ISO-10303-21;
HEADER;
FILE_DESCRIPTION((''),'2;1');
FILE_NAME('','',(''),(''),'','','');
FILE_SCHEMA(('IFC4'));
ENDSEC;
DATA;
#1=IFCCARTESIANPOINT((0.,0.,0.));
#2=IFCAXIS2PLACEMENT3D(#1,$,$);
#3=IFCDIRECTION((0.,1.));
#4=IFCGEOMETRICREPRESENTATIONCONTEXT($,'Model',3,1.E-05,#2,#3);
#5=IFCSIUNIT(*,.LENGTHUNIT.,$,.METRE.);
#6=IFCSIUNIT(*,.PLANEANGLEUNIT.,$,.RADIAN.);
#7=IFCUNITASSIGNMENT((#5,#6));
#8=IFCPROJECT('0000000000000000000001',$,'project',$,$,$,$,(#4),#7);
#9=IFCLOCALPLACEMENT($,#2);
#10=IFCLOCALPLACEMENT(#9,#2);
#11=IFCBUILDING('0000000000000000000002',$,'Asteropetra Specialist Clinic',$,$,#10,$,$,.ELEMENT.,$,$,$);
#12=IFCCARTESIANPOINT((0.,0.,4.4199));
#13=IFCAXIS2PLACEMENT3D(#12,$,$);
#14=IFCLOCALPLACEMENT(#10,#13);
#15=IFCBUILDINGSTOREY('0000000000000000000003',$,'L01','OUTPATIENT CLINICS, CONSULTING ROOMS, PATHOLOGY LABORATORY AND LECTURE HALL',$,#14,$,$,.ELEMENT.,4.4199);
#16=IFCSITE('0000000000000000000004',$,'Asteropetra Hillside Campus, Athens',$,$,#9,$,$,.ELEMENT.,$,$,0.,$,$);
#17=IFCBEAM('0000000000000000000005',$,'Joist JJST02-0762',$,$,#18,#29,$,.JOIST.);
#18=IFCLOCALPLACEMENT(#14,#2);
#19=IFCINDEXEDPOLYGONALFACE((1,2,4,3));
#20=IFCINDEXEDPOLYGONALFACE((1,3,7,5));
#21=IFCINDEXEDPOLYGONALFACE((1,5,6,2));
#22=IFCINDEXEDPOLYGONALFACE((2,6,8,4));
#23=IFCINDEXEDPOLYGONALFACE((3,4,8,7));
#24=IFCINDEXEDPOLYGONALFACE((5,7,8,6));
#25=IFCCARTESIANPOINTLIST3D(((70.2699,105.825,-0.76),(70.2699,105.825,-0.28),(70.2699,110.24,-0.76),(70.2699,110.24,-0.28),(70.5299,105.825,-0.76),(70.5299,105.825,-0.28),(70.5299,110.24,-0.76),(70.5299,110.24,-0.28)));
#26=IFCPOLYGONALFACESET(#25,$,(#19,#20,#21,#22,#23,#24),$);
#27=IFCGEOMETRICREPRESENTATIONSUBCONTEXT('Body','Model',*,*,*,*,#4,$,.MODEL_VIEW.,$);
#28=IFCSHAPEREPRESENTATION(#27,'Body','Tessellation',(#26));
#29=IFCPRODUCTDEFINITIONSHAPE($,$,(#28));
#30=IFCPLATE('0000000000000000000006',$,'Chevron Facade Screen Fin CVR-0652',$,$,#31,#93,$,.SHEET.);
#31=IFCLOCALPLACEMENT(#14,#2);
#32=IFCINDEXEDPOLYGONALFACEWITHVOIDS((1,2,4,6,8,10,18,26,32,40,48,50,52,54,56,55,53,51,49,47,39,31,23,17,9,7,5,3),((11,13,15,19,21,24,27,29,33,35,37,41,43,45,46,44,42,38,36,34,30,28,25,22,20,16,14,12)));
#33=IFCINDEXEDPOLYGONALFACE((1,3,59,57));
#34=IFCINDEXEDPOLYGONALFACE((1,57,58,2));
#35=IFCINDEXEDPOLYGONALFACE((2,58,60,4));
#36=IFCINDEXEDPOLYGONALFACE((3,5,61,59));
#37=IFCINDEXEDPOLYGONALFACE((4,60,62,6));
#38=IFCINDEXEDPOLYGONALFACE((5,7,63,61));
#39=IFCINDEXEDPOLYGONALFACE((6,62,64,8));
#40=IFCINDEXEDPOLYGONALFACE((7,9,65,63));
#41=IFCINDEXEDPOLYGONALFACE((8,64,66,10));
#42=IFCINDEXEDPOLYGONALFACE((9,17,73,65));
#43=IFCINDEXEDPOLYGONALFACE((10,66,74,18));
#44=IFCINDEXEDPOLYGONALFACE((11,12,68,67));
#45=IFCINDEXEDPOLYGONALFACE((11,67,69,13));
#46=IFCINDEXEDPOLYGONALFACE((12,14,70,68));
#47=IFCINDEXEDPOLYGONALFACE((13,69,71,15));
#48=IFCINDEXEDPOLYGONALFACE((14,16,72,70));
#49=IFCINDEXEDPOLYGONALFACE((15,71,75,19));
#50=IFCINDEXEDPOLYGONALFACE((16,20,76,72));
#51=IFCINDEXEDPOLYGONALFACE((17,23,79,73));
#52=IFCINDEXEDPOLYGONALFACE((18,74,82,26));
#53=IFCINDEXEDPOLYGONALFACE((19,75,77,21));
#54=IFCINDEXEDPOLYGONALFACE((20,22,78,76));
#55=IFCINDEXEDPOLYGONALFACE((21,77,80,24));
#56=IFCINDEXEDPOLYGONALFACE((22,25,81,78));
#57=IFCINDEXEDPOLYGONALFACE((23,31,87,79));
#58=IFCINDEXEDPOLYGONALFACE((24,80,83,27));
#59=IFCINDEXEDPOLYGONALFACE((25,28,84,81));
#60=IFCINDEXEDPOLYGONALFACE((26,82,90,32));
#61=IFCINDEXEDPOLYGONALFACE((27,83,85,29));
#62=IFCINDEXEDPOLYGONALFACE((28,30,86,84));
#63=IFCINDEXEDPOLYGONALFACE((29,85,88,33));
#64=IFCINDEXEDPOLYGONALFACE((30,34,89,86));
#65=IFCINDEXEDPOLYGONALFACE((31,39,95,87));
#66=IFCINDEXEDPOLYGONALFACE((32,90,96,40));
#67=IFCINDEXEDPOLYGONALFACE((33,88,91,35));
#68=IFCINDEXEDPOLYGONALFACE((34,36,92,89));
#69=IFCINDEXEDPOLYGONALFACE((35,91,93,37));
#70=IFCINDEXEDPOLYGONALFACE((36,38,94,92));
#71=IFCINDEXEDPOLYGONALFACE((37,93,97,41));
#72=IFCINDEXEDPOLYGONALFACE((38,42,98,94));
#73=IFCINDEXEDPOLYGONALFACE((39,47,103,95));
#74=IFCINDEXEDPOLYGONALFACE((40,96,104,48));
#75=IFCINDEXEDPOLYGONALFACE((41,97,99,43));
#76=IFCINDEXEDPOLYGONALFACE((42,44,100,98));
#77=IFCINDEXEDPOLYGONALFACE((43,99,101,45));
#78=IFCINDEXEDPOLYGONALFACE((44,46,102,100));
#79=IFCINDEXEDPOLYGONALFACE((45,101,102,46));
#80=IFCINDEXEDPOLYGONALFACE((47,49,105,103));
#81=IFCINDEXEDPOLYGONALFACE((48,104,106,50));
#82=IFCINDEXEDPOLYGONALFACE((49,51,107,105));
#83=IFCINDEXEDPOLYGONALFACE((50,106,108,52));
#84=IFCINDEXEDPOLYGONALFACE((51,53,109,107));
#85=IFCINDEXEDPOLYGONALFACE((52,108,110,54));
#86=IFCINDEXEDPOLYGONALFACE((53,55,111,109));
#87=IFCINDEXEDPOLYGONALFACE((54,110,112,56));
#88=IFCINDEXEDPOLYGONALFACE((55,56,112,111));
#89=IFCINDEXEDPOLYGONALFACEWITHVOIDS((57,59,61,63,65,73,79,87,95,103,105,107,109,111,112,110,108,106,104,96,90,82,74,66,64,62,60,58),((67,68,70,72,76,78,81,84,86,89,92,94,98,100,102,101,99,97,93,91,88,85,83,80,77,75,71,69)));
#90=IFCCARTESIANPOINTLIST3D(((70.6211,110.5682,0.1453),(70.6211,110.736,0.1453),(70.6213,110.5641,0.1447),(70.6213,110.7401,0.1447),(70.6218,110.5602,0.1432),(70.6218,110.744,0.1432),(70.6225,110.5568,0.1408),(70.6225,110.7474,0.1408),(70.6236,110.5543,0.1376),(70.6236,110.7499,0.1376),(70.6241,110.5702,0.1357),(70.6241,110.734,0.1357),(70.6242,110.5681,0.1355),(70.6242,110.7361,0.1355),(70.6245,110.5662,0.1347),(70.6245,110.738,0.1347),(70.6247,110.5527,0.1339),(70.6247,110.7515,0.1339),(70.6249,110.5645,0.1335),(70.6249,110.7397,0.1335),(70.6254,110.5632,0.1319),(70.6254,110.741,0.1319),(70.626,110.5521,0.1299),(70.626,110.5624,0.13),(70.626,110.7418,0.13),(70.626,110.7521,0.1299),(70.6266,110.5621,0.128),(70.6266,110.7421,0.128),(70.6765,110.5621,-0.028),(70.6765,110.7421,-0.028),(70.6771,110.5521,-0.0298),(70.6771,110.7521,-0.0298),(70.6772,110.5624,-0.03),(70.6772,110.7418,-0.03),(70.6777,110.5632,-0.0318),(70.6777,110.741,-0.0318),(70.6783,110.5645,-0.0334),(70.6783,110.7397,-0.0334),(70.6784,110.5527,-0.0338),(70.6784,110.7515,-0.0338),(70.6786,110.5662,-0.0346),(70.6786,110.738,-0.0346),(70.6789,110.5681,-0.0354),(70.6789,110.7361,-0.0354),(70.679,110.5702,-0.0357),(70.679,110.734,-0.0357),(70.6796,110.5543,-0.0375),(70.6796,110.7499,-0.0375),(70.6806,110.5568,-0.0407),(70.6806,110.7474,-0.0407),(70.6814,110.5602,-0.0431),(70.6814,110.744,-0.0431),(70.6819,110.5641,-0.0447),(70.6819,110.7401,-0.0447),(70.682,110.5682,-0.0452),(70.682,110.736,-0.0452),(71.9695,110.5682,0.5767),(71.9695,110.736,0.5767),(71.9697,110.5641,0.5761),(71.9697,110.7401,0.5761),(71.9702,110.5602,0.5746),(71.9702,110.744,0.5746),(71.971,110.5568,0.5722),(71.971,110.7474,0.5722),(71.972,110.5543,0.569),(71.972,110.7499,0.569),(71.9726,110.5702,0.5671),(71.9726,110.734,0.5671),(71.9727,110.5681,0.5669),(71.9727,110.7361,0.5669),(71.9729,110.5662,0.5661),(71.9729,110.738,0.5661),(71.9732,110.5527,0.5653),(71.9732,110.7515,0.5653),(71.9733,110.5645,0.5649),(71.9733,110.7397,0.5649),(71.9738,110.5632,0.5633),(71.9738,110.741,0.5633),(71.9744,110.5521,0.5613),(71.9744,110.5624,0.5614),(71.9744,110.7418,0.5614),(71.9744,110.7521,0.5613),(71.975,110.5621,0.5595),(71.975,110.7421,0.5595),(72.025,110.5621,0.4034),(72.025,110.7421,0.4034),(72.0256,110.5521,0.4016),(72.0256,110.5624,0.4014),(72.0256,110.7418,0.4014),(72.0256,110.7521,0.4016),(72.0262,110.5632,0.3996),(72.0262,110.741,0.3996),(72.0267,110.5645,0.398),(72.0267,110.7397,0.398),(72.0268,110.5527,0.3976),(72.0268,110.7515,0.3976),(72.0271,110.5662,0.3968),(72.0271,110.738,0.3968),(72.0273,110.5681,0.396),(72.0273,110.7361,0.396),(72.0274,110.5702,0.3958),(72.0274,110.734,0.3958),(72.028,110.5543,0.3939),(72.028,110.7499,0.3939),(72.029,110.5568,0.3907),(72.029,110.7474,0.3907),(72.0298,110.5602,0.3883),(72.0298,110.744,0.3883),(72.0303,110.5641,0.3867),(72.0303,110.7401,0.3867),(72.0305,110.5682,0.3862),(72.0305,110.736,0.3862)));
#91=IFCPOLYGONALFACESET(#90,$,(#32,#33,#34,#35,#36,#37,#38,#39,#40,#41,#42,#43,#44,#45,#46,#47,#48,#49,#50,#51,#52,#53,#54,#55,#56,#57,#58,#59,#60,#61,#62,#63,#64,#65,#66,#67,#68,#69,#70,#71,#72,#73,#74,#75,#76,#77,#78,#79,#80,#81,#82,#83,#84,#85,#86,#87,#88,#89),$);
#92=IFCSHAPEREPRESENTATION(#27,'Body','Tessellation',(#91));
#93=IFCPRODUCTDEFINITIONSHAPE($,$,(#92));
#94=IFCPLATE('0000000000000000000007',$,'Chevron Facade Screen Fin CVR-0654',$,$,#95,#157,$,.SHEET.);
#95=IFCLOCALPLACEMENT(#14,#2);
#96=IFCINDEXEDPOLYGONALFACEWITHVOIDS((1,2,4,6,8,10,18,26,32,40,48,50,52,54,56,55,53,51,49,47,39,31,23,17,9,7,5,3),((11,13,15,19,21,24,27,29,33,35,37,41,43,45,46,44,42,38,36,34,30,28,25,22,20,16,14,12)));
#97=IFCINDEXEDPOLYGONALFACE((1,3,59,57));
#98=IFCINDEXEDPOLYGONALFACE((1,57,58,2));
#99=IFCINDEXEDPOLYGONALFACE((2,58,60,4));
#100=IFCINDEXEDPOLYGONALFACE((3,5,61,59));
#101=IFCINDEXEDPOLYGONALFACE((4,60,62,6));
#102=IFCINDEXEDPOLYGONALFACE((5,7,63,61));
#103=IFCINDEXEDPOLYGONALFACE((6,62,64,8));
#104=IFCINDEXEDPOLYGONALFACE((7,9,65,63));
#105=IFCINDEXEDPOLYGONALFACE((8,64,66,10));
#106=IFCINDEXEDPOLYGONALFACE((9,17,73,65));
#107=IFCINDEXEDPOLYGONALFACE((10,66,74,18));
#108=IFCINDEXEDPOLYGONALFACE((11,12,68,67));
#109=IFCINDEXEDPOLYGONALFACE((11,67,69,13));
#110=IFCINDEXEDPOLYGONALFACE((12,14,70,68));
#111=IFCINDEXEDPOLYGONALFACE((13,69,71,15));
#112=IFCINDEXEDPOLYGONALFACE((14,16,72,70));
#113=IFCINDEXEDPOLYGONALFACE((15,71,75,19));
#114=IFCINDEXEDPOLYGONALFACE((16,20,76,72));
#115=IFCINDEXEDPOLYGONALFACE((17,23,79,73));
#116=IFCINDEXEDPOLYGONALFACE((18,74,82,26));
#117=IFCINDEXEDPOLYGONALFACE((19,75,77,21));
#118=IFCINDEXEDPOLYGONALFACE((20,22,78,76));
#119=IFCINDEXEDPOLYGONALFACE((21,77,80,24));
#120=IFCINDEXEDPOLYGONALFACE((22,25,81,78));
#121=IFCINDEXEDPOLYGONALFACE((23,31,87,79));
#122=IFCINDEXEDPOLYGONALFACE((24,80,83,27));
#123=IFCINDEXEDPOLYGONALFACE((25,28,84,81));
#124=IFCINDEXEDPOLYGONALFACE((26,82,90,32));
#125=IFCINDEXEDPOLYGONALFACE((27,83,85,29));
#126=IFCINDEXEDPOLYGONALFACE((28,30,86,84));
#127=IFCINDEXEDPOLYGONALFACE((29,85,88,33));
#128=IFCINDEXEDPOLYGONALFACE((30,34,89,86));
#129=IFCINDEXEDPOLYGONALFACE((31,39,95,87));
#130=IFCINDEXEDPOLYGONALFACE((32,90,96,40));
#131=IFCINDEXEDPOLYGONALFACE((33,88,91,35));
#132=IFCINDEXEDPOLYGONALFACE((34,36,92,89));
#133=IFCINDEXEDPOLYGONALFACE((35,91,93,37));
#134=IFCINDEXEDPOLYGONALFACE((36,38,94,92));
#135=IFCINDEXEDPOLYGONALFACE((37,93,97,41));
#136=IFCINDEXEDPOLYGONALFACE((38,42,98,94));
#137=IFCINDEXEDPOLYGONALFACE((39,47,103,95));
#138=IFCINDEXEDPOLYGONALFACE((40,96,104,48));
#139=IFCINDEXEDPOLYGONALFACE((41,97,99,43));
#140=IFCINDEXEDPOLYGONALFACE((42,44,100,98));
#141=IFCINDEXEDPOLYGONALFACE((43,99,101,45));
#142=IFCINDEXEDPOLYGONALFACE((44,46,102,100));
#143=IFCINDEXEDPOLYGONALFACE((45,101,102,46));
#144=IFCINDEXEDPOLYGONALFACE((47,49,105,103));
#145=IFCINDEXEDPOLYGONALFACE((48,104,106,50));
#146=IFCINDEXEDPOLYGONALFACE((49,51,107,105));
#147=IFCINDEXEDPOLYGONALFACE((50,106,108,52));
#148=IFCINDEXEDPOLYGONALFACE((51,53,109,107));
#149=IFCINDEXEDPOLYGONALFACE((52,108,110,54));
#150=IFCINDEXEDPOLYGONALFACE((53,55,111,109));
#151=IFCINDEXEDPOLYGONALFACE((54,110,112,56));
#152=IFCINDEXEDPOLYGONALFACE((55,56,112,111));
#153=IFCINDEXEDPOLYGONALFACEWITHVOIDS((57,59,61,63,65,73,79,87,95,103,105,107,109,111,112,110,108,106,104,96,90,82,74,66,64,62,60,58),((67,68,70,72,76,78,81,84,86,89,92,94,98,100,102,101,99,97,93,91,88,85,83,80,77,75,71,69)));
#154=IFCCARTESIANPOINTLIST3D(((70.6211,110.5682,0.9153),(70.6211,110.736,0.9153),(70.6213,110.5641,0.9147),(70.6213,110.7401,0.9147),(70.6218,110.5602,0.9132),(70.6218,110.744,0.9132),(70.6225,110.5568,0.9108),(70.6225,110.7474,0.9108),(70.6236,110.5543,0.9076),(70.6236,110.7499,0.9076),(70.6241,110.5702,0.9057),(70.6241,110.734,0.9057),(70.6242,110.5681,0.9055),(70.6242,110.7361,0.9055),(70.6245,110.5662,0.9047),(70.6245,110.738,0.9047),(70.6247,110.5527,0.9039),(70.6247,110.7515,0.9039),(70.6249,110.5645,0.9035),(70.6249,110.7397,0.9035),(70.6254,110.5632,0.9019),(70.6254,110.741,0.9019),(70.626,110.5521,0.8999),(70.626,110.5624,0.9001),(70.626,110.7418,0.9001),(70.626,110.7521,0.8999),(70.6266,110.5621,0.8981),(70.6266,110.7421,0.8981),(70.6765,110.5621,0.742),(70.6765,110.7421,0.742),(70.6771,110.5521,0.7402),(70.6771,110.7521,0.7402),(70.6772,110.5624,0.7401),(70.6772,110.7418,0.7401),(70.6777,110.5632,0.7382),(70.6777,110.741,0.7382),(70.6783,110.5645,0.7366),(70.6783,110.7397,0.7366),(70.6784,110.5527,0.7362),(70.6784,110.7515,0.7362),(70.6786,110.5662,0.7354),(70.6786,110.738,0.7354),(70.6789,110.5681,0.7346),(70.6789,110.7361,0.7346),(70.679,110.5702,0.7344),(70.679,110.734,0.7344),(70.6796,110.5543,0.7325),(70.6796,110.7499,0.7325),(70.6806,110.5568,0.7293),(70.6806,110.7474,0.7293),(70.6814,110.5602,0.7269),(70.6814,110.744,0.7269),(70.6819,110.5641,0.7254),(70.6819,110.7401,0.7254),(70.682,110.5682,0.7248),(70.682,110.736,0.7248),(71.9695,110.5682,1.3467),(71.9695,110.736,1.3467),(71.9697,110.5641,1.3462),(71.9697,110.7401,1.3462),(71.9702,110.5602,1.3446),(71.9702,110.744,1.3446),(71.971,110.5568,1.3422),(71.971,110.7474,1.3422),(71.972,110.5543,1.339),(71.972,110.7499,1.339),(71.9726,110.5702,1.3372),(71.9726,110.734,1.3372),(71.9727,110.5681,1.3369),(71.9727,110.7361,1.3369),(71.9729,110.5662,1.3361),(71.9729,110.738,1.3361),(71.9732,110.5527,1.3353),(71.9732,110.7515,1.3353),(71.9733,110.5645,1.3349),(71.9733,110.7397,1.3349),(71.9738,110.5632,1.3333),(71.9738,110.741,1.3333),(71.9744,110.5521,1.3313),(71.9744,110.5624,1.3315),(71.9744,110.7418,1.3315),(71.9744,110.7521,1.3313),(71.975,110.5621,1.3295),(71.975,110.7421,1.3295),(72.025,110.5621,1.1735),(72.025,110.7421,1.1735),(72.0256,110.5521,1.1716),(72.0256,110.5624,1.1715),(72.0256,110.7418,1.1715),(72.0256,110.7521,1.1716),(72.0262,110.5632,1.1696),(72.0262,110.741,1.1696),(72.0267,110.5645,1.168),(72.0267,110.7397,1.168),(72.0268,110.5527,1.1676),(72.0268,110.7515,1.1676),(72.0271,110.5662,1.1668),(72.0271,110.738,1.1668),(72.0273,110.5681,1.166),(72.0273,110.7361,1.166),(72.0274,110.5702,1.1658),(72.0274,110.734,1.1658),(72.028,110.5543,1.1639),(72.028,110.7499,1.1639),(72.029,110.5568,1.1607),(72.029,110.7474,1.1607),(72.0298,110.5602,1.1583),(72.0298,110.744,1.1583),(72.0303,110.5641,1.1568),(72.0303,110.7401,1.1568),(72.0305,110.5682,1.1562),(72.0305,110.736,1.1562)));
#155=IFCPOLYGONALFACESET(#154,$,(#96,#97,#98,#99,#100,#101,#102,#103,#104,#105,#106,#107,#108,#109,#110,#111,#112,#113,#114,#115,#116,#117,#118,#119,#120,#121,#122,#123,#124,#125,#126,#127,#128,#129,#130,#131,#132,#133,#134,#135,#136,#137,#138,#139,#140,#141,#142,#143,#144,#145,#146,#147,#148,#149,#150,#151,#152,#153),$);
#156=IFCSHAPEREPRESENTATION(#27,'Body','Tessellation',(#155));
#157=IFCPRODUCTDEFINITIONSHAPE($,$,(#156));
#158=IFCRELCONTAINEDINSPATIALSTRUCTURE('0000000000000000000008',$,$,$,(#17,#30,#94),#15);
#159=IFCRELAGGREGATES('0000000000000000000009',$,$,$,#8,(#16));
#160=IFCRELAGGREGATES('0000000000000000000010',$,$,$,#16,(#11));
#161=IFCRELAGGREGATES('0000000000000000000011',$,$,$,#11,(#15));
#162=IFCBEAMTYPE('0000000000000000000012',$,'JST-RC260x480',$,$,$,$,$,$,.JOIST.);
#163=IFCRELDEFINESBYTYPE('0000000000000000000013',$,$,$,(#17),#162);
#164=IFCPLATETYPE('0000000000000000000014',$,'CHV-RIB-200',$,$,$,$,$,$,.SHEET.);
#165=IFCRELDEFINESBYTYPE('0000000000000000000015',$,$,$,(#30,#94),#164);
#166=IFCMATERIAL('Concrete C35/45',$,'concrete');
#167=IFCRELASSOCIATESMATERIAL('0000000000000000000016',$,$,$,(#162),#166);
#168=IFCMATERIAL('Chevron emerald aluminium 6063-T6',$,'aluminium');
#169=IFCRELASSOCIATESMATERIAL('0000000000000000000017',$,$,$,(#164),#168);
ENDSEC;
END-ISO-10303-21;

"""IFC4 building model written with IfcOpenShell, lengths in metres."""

from ifc_helpers import new_model, si_unit, direction, frame, origin, origin_2d, place, context, subcontext, project, spatial, rectangle, hollow_rectangle, extrude, material, material_profile, profile_set, type_object, element, save


model = new_model("IFC4")

# Units and contexts
model_context = context("Model", 3, precision=1e-05, world=origin(), true_north=direction((0.0, 1.0)))
body_context = subcontext(model_context, "Body", "Model", "MODEL_VIEW")
ifc_project = project(units=[si_unit("LENGTHUNIT", "METRE"), si_unit("PLANEANGLEUNIT", "RADIAN")], contexts=[model_context])

# Site, building, storey
site_placement = place(None, origin())
site = spatial("IfcSite", under=ifc_project, at=site_placement, Name="Asteropetra Hillside Campus, Athens", CompositionType="ELEMENT", RefElevation=0.0)
building_placement = place(site_placement, origin())
building = spatial("IfcBuilding", under=site, at=building_placement, Name="Asteropetra Specialist Clinic", CompositionType="ELEMENT")
storey_placement = place(building_placement, frame((0.0, 0.0, 4.4199)))
storey = spatial("IfcBuildingStorey", under=building, at=storey_placement, Name="L01", Description="OUTPATIENT CLINICS, CONSULTING ROOMS, PATHOLOGY LABORATORY AND LECTURE HALL", CompositionType="ELEMENT", Elevation=4.4199)

# Beam
ifc_material_1 = material(Name="Concrete C35/45", Category="concrete")
ifc_material_profile_1 = material_profile(ifc_material_1, rectangle(XDim=0.26, YDim=0.48, at=origin_2d()), Name="RCJ 260x480")
ifc_profile_set_1 = profile_set([ifc_material_profile_1], Name="Concrete C35/45")
beam_type = type_object("IfcBeamType", Name="JST-RC260x480", PredefinedType="JOIST", material=ifc_profile_set_1)
beam_placement = place(storey_placement, frame((70.3999, 105.825, -0.52), z_axis=(0.0, 1.0, 0.0), x_axis=(-1.0, 0.0, 0.0)))
element("IfcBeam", 1, at=beam_placement, inside=storey, type_object=beam_type, Name="Joist JJST02-0762", PredefinedType="JOIST", context=body_context, shape_type="SweptSolid", body=[
    extrude(rectangle(XDim=0.26, YDim=0.48, at=origin_2d()), origin(), (0.0, 0.0, 1.0), 4.415),
])

# Plates
ifc_material_2 = material(Name="Chevron emerald aluminium 6063-T6", Category="aluminium")
ifc_material_profile_2 = material_profile(ifc_material_2, hollow_rectangle(XDim=0.2, YDim=0.2, WallThickness=0.01, InnerFilletRadius=0.0081, OuterFilletRadius=0.0161, at=origin_2d()), Name="SHS 200x200x10.0")
ifc_profile_set_2 = profile_set([ifc_material_profile_2], Name="Chevron emerald aluminium 6063-T6")
plate_type_1 = type_object("IfcPlateType", Name="CHV-RIB-200", PredefinedType="SHEET", material=ifc_profile_set_2)
for number, where, z_axis, x_axis, name in (
    (2, (72.0, 110.6521, 0.4814), (-0.952442, 0.0, -0.304719), (0.0, -1.0, 0.0), "Chevron Facade Screen Fin CVR-0652"),
    (3, (72.0, 110.6521, 1.2515), (-0.952442, 0.0, -0.304719), (0.0, -1.0, 0.0), "Chevron Facade Screen Fin CVR-0654"),
):
    element("IfcPlate", number, at=place(storey_placement, frame(where, z_axis=z_axis, x_axis=x_axis)), inside=storey, type_object=plate_type_1, Name=name, PredefinedType="SHEET", context=body_context, shape_type="SweptSolid", body=[
        extrude(hollow_rectangle(XDim=0.2, YDim=0.2, WallThickness=0.01, InnerFilletRadius=0.0081, OuterFilletRadius=0.0161, at=origin_2d()), origin(), (0.0, 0.0, 1.0), 1.4158),
    ])

save(model, "model.ifc")
